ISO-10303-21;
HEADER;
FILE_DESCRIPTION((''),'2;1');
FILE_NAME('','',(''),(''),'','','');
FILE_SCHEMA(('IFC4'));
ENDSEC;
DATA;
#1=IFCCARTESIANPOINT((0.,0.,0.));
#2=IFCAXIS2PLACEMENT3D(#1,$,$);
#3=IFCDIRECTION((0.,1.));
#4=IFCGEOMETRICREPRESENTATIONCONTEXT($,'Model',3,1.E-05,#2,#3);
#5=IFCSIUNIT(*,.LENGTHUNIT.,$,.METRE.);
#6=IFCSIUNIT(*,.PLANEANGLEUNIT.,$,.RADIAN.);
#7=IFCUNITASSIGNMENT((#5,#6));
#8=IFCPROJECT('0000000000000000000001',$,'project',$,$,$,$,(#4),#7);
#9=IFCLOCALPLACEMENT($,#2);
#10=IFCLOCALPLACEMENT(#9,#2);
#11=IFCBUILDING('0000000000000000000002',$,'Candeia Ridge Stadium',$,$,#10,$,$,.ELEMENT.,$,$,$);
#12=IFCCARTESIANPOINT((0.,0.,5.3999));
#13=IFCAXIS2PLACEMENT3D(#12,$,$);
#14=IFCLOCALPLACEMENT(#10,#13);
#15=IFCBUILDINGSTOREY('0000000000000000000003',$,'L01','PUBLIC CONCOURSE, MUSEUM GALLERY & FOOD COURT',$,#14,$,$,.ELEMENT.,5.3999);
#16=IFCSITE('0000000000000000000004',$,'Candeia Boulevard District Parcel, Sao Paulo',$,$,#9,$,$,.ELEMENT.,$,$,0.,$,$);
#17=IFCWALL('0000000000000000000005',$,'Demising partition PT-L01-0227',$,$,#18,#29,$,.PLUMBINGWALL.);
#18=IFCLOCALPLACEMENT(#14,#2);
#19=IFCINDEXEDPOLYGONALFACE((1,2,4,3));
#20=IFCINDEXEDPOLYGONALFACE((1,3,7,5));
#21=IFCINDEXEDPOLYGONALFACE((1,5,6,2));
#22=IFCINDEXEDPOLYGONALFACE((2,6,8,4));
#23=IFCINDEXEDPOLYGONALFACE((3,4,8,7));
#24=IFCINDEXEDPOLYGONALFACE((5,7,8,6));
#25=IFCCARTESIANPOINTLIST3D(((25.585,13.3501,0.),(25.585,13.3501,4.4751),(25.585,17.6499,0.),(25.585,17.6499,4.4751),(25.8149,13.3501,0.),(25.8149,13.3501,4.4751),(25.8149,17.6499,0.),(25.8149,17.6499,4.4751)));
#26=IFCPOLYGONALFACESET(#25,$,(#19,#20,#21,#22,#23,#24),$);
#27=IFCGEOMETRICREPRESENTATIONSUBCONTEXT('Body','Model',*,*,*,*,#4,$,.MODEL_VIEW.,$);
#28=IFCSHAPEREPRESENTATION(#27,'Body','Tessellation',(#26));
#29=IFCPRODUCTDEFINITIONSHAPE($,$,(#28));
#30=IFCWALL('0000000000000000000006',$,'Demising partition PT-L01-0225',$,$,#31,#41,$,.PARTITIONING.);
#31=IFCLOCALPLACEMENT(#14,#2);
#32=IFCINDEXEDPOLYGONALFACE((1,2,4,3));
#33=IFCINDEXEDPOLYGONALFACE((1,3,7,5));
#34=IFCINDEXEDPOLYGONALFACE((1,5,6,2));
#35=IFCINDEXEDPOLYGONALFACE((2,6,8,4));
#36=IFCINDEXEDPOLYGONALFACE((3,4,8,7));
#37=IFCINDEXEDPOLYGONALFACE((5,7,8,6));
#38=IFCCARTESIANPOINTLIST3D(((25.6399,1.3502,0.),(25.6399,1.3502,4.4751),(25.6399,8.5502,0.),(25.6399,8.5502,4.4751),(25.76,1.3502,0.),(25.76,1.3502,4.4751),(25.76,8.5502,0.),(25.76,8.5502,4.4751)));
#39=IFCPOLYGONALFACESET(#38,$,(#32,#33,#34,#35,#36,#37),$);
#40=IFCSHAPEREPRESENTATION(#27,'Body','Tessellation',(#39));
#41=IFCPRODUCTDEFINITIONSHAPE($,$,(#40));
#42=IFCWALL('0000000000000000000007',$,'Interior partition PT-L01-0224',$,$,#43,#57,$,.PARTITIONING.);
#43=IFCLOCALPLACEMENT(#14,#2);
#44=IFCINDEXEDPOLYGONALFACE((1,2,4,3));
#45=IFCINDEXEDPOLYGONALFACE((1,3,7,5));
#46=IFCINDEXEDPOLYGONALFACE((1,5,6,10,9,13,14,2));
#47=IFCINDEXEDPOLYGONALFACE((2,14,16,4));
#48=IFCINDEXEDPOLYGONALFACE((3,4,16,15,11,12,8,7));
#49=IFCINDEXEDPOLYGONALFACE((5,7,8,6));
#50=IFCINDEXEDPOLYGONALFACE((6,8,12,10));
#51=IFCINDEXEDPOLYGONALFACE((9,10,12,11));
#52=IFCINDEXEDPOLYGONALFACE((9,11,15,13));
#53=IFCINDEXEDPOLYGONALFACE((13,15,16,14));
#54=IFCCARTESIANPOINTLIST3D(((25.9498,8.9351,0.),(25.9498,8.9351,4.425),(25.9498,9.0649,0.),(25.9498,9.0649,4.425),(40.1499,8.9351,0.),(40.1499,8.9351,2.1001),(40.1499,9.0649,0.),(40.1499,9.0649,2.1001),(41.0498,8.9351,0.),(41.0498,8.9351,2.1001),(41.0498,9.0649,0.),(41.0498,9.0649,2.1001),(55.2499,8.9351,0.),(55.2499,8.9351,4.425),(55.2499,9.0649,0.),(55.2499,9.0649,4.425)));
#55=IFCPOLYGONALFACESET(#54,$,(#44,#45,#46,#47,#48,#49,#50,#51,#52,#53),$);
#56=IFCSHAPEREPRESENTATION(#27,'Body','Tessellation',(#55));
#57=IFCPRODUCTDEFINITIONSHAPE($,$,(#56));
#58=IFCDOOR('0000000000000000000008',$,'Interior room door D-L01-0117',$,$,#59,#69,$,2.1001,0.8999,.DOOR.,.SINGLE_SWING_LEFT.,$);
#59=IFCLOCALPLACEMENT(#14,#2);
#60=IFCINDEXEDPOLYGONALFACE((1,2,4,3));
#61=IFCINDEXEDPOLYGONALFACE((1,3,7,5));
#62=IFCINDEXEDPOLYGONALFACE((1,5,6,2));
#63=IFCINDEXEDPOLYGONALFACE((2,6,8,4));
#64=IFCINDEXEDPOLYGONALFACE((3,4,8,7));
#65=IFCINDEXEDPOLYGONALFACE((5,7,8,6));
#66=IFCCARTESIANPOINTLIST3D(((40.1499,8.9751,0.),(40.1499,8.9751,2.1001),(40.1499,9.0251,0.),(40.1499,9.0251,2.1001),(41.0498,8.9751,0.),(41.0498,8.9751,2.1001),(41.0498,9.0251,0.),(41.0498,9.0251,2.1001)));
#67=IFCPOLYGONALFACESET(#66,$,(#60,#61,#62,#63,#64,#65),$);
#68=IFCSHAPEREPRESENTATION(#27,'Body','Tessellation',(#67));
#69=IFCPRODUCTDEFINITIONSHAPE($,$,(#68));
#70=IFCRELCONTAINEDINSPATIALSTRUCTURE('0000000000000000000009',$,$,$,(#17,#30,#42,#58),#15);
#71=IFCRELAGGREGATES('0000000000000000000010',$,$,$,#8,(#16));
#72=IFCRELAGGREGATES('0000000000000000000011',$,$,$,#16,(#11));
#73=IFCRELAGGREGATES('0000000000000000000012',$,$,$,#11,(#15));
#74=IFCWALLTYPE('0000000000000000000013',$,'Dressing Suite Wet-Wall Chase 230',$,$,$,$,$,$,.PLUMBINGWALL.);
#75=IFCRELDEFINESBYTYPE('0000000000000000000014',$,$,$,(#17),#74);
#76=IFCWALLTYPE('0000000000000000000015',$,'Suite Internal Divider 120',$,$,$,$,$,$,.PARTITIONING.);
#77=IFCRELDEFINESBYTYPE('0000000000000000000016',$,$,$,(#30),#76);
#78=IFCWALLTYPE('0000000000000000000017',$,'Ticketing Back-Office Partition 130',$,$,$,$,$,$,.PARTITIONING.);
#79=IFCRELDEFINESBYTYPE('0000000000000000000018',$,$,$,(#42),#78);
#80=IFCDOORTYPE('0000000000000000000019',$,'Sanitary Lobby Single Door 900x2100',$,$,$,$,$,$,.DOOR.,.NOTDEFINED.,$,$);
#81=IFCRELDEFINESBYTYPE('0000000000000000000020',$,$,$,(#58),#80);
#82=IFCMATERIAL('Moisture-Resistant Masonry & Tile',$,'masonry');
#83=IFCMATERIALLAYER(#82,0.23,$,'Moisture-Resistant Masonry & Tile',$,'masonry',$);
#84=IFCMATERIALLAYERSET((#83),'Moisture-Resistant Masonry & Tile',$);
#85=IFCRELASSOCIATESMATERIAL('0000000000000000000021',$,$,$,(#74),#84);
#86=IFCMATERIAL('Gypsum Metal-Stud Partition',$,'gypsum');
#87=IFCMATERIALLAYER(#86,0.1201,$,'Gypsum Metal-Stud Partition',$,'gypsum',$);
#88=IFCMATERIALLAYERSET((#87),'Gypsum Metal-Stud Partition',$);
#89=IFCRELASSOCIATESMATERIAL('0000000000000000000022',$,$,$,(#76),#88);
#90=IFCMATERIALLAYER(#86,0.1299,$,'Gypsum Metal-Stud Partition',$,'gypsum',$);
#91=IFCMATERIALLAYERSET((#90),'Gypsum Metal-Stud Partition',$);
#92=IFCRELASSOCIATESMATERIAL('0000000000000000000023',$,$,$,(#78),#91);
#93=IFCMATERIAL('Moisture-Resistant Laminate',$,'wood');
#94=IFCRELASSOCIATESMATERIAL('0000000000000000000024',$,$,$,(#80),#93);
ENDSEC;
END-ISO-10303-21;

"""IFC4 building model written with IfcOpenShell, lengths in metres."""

from ifc_helpers import new_model, si_unit, direction, frame, frame_2d, origin, place, context, subcontext, project, spatial, rectangle, extrude, material, layer, layer_set, type_object, element, fill, save


model = new_model("IFC4")

# Units and contexts
model_context = context("Model", 3, precision=1e-05, world=origin(), true_north=direction((0.0, 1.0)))
body_context = subcontext(model_context, "Body", "Model", "MODEL_VIEW")
ifc_project = project(units=[si_unit("LENGTHUNIT", "METRE"), si_unit("PLANEANGLEUNIT", "RADIAN")], contexts=[model_context])

# Site, building, storey
site_placement = place(None, origin())
site = spatial("IfcSite", under=ifc_project, at=site_placement, Name="Candeia Boulevard District Parcel, Sao Paulo", CompositionType="ELEMENT", RefElevation=0.0)
building_placement = place(site_placement, origin())
building = spatial("IfcBuilding", under=site, at=building_placement, Name="Candeia Ridge Stadium", CompositionType="ELEMENT")
storey_placement = place(building_placement, frame((0.0, 0.0, 5.3999)))
storey = spatial("IfcBuildingStorey", under=building, at=storey_placement, Name="L01", Description="PUBLIC CONCOURSE, MUSEUM GALLERY & FOOD COURT", CompositionType="ELEMENT", Elevation=5.3999)

# Walls
ifc_material_1 = material(Name="Moisture-Resistant Masonry & Tile", Category="masonry")
ifc_layer_1 = layer(ifc_material_1, 0.23, Name="Moisture-Resistant Masonry & Tile", Category="masonry")
ifc_layer_set_1 = layer_set([ifc_layer_1], Name="Moisture-Resistant Masonry & Tile")
wall_type_1 = type_object("IfcWallType", Name="Dressing Suite Wet-Wall Chase 230", PredefinedType="PLUMBINGWALL", material=ifc_layer_set_1)
wall_1_placement = place(storey_placement, frame((25.7, 13.3501, 0.0), z_axis=(0.0, 0.0, 1.0), x_axis=(0.0, 1.0, 0.0)))
element("IfcWall", 1, at=wall_1_placement, inside=storey, type_object=wall_type_1, Name="Demising partition PT-L01-0227", PredefinedType="PLUMBINGWALL", context=body_context, shape_type="SweptSolid", body=[
    extrude(rectangle(XDim=4.2998, YDim=0.23, at=frame_2d((2.1499, 0.0))), origin(), (0.0, 0.0, 1.0), 4.4751),
])
ifc_material_2 = material(Name="Gypsum Metal-Stud Partition", Category="gypsum")
ifc_layer_2 = layer(ifc_material_2, 0.1201, Name="Gypsum Metal-Stud Partition", Category="gypsum")
ifc_layer_set_2 = layer_set([ifc_layer_2], Name="Gypsum Metal-Stud Partition")
wall_type_2 = type_object("IfcWallType", Name="Suite Internal Divider 120", PredefinedType="PARTITIONING", material=ifc_layer_set_2)
wall_2_placement = place(storey_placement, frame((25.7, 1.3501, 0.0), z_axis=(0.0, 0.0, 1.0), x_axis=(0.0, 1.0, 0.0)))
element("IfcWall", 2, at=wall_2_placement, inside=storey, type_object=wall_type_2, Name="Demising partition PT-L01-0225", PredefinedType="PARTITIONING", context=body_context, shape_type="SweptSolid", body=[
    extrude(rectangle(XDim=7.2, YDim=0.1201, at=frame_2d((3.6001, 0.0))), origin(), (0.0, 0.0, 1.0), 4.4751),
])

# Wall, opening, door
ifc_layer_3 = layer(ifc_material_2, 0.1299, Name="Gypsum Metal-Stud Partition", Category="gypsum")
ifc_layer_set_3 = layer_set([ifc_layer_3], Name="Gypsum Metal-Stud Partition")
wall_type_3 = type_object("IfcWallType", Name="Ticketing Back-Office Partition 130", PredefinedType="PARTITIONING", material=ifc_layer_set_3)
wall_3_placement = place(storey_placement, frame((25.95, 9.0, 0.0), z_axis=(0.0, 0.0, 1.0), x_axis=(1.0, 0.0, 0.0)))
wall_3 = element("IfcWall", 3, at=wall_3_placement, inside=storey, type_object=wall_type_3, Name="Interior partition PT-L01-0224", PredefinedType="PARTITIONING", context=body_context, shape_type="SweptSolid", body=[
    extrude(rectangle(XDim=29.3, YDim=0.1299, at=frame_2d((14.6499, 0.0))), origin(), (0.0, 0.0, 1.0), 4.425),
])
opening_placement = place(wall_3_placement, frame((14.2, 0.0, 0.0)))
opening = element("IfcOpeningElement", 4, at=opening_placement, cuts=wall_3, PredefinedType="OPENING", context=body_context, shape_type="SweptSolid", body=[
    extrude(rectangle(XDim=0.8999, YDim=2.1001, at=frame_2d((0.45, 1.05))), frame((0.0, 0.075, 0.0), z_axis=(0.0, -1.0, 0.0), x_axis=(1.0, 0.0, 0.0)), (0.0, 0.0, 1.0), 0.1499),
])
ifc_material_3 = material(Name="Moisture-Resistant Laminate", Category="wood")
door_type = type_object("IfcDoorType", Name="Sanitary Lobby Single Door 900x2100", OperationType="NOTDEFINED", PredefinedType="DOOR", material=ifc_material_3)
door_placement = place(opening_placement, frame((0.8999, 0.0, 0.0), z_axis=(0.0, 0.0, 1.0), x_axis=(-1.0, 0.0, 0.0)))
door = element("IfcDoor", 5, at=door_placement, inside=storey, type_object=door_type, Name="Interior room door D-L01-0117", OperationType="SINGLE_SWING_LEFT", OverallHeight=2.1001, OverallWidth=0.8999, PredefinedType="DOOR", context=body_context, shape_type="SweptSolid", body=[
    extrude(rectangle(XDim=0.8999, YDim=2.1001, at=frame_2d((0.45, 1.05))), frame((0.0, 0.0249, 0.0), z_axis=(0.0, -1.0, 0.0), x_axis=(1.0, 0.0, 0.0)), (0.0, 0.0, 1.0), 0.05),
])
fill(opening, door)

save(model, "model.ifc")
